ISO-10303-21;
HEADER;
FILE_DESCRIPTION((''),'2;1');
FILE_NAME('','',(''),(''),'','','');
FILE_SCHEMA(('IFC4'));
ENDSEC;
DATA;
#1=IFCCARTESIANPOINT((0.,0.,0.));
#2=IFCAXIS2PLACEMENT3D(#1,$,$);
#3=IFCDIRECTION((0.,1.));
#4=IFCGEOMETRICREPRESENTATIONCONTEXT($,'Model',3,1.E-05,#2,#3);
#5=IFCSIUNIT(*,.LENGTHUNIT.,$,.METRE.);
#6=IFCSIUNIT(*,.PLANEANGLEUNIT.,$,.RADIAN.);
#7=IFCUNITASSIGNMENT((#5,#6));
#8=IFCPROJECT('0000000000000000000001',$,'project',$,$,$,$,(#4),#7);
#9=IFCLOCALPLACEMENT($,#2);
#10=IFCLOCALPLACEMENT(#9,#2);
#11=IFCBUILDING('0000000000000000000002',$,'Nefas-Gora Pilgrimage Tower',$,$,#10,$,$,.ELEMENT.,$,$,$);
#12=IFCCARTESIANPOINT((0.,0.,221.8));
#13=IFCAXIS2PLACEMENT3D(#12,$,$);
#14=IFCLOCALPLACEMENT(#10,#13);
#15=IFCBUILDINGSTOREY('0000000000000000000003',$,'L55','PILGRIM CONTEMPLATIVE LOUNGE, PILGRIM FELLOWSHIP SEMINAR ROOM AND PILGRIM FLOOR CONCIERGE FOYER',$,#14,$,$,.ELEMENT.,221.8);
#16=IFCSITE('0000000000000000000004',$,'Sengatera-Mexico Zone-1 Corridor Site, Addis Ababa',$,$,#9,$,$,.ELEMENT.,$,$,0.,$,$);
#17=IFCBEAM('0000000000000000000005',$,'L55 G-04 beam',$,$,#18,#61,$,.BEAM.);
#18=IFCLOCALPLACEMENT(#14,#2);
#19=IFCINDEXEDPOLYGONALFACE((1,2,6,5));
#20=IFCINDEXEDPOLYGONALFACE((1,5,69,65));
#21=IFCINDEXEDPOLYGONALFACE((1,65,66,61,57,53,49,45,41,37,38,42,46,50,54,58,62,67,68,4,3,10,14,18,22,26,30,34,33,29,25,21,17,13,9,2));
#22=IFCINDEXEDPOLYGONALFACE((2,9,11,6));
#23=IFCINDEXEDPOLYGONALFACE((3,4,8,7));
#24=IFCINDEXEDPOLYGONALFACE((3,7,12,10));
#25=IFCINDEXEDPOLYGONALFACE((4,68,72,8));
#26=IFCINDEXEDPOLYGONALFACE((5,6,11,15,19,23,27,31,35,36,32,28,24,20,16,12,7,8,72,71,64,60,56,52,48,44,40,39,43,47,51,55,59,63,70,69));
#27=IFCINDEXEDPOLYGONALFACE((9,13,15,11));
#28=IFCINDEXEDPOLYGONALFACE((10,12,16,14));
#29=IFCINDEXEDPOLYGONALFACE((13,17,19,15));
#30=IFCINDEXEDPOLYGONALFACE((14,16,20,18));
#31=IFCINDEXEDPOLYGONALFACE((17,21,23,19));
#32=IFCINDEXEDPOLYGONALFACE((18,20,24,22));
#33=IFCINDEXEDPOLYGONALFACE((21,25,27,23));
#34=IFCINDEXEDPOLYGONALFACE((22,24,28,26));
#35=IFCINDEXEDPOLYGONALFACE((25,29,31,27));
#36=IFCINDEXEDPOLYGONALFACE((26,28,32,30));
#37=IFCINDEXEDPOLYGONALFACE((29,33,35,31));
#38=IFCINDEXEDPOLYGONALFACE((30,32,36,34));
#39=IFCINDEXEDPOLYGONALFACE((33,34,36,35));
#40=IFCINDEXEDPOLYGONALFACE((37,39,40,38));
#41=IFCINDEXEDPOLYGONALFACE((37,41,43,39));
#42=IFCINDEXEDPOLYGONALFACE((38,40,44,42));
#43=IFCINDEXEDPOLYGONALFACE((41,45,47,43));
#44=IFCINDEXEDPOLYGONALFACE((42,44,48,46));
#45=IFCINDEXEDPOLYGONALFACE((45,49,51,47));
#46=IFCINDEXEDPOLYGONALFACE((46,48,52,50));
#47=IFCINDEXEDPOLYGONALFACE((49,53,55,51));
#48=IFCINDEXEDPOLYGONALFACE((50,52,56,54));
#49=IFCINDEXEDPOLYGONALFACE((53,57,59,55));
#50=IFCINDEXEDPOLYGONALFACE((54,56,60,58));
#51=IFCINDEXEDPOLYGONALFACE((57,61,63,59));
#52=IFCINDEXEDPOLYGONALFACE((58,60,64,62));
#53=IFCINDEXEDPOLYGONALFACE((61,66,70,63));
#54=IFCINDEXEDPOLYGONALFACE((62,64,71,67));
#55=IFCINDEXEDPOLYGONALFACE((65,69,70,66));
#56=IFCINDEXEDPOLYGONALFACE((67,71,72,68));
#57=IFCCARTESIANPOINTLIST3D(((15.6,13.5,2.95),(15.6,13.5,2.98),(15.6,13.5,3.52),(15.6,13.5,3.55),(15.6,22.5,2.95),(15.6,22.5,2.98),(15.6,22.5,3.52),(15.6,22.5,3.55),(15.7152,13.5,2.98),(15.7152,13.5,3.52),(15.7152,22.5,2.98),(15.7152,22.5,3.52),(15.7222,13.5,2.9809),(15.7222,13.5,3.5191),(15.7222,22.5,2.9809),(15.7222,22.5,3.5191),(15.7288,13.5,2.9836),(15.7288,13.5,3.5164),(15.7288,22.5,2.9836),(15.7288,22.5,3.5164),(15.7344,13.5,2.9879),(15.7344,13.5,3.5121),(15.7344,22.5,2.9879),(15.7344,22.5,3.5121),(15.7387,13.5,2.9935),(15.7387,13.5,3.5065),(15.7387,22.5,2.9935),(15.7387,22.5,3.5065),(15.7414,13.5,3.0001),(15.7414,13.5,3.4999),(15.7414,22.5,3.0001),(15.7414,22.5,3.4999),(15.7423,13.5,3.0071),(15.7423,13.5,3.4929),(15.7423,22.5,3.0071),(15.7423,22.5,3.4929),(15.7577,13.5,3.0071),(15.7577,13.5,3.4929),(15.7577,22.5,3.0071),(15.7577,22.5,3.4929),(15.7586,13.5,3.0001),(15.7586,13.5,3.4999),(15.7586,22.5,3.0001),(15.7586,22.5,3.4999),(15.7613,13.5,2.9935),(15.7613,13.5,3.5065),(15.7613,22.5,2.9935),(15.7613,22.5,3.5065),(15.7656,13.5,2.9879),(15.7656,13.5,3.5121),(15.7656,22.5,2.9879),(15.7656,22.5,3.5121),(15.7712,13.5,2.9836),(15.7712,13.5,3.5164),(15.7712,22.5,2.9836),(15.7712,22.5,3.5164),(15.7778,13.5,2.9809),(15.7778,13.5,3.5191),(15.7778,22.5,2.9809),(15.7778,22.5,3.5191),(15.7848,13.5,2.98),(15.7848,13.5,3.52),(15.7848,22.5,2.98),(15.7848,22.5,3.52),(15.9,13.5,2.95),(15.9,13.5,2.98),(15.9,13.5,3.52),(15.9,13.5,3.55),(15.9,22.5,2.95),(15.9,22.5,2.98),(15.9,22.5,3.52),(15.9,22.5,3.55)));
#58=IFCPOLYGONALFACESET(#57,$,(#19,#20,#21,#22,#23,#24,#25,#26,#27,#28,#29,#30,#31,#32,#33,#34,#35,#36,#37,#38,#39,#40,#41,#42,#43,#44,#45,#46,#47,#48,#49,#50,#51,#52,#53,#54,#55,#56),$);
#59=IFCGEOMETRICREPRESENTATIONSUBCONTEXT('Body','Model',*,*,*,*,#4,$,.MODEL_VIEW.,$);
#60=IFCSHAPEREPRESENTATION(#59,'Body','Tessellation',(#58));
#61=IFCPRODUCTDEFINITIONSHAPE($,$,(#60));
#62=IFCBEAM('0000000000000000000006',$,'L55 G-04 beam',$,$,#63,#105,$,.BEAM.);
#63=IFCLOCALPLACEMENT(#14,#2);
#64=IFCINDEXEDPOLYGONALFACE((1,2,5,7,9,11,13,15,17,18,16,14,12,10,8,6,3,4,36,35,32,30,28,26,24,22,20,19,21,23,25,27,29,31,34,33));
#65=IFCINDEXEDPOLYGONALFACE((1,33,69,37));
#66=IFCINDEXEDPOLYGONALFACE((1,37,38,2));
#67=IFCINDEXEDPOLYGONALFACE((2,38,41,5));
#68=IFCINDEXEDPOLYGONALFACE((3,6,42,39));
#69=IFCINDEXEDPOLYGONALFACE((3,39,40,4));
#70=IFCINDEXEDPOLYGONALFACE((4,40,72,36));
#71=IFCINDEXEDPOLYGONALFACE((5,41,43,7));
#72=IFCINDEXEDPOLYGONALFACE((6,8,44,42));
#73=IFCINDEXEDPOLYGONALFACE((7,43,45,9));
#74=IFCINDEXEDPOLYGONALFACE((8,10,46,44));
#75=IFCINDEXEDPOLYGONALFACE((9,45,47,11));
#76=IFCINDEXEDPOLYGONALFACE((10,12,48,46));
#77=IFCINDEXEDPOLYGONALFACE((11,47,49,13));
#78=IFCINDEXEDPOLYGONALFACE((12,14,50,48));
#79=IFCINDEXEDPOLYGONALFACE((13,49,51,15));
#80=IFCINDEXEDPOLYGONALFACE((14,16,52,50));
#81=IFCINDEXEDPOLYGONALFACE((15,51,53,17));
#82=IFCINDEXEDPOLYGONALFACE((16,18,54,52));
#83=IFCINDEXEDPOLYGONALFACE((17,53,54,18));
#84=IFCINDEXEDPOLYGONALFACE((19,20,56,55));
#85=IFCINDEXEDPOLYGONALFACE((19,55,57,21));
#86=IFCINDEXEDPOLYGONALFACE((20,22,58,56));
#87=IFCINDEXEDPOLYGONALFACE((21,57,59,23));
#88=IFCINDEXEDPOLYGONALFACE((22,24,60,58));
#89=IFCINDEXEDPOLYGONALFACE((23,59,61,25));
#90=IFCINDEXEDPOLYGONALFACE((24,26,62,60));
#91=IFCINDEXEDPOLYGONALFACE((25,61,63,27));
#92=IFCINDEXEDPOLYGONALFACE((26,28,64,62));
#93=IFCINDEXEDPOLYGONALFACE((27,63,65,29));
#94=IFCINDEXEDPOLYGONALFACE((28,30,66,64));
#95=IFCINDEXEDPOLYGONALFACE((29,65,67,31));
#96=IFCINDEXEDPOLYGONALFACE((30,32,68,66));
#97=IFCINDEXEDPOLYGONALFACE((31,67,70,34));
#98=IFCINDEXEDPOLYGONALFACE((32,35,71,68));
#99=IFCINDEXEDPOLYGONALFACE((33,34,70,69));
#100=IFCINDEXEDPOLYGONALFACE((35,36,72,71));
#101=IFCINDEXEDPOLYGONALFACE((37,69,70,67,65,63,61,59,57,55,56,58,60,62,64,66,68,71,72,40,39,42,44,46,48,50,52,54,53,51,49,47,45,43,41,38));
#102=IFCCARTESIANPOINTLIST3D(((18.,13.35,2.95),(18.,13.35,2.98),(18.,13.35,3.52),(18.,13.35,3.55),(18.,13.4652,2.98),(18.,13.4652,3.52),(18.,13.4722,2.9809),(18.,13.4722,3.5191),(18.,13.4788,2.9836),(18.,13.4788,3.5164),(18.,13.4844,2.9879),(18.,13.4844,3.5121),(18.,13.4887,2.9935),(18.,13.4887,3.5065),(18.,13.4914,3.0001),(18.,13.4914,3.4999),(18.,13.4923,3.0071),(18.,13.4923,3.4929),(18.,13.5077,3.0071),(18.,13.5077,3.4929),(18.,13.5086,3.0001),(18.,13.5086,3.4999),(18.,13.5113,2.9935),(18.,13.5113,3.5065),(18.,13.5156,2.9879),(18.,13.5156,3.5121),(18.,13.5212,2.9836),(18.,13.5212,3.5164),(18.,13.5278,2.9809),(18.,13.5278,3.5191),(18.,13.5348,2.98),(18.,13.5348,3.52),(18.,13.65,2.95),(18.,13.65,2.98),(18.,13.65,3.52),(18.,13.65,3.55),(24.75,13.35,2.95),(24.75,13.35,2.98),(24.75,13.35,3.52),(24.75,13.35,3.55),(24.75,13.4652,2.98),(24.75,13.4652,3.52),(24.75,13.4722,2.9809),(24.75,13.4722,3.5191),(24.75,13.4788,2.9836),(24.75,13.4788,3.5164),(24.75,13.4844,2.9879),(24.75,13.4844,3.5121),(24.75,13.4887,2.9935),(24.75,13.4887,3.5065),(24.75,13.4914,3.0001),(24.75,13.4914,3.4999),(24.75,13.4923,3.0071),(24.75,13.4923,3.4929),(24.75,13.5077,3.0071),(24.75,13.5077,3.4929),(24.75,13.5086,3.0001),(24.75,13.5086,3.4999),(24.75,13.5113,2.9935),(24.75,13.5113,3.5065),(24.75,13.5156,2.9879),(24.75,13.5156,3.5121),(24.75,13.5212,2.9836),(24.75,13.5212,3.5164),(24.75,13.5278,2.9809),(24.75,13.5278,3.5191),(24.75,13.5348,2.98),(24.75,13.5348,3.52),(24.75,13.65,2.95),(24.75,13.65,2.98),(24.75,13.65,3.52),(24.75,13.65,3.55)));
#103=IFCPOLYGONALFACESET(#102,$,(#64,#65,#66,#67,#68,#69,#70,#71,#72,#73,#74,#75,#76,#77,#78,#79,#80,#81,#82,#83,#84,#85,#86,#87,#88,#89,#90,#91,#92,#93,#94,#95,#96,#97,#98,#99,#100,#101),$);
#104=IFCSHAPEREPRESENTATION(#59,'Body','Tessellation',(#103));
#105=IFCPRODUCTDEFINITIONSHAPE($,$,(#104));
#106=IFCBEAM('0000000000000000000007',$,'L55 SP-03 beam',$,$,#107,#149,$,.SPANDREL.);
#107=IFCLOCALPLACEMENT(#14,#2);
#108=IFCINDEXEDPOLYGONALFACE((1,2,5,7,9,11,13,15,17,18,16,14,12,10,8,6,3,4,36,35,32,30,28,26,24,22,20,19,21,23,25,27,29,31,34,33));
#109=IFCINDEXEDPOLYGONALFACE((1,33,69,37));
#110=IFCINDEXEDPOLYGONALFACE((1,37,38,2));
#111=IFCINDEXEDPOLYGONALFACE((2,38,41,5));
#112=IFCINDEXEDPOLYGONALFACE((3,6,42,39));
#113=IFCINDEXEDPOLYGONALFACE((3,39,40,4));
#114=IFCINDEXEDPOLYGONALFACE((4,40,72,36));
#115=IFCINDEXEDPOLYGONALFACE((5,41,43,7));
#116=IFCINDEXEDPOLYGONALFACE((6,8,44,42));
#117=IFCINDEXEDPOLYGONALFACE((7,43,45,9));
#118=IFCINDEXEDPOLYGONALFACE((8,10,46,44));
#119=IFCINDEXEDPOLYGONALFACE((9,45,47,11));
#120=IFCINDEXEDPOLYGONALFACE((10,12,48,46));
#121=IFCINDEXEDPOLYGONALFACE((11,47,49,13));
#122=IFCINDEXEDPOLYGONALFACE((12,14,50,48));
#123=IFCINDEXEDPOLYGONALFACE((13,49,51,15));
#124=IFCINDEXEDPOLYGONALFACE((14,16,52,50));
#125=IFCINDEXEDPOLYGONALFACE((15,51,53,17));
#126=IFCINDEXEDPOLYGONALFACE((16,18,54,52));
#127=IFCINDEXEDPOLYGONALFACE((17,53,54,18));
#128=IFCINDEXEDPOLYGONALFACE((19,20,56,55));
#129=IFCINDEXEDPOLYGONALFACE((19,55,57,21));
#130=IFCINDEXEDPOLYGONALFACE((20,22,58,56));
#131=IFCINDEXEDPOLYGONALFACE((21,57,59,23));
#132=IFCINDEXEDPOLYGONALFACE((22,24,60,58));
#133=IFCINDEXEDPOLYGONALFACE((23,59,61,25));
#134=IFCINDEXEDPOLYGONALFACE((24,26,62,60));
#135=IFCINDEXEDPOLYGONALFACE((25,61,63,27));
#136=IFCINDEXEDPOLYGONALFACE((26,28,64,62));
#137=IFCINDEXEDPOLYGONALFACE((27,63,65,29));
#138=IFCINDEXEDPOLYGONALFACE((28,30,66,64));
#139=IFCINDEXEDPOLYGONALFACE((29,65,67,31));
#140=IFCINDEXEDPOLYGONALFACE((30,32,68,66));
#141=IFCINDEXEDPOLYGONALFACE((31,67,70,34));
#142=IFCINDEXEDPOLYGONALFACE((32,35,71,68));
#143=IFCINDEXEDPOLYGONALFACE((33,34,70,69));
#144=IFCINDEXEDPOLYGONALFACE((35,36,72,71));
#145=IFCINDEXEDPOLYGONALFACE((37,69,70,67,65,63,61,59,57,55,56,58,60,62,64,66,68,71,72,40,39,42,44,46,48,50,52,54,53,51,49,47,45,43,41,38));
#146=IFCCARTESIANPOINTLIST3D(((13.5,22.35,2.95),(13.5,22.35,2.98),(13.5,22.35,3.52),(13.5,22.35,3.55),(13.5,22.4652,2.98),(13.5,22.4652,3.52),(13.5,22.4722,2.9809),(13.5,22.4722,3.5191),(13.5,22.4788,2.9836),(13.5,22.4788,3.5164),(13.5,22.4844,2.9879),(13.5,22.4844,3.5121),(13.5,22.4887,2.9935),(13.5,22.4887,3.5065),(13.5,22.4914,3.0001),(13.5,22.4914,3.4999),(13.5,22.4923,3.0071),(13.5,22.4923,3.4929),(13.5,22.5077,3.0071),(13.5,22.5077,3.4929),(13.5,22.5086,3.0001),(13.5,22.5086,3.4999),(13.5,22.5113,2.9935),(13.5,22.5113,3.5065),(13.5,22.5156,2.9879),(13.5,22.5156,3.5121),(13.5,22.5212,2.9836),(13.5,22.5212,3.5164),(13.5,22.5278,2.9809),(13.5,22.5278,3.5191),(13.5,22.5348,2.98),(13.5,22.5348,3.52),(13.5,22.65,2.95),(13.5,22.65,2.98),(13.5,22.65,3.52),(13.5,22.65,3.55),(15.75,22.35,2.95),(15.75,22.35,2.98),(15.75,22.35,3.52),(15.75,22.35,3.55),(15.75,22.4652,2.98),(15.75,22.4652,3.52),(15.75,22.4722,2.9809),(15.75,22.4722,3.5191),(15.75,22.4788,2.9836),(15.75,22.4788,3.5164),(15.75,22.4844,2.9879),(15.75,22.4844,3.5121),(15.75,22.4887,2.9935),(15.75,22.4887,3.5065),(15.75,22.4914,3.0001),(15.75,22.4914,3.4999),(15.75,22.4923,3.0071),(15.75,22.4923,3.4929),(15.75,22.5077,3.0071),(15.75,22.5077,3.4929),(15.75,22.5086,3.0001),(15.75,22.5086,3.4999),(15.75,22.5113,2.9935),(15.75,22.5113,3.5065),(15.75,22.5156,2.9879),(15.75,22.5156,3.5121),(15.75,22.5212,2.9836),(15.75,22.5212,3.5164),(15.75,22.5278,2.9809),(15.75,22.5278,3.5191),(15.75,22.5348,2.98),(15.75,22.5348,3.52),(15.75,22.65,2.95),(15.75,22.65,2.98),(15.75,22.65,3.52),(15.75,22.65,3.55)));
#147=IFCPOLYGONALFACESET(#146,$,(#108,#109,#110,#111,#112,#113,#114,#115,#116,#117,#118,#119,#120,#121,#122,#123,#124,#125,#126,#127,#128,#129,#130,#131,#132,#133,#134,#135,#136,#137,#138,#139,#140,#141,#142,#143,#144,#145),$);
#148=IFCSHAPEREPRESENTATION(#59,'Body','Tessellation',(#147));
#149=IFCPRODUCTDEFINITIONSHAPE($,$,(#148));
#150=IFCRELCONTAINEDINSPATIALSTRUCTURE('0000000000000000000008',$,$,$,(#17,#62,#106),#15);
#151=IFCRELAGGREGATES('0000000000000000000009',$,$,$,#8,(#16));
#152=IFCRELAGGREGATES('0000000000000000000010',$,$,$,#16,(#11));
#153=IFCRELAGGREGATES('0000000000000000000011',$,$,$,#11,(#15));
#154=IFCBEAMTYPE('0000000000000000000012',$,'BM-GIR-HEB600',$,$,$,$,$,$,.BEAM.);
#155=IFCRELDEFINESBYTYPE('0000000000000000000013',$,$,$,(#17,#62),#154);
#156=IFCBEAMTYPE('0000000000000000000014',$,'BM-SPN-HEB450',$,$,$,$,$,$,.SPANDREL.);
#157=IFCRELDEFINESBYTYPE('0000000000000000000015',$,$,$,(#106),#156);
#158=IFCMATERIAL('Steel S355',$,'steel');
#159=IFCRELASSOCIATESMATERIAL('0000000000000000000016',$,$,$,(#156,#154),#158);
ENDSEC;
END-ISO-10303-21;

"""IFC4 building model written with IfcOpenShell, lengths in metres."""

from ifc_helpers import new_model, si_unit, direction, frame, origin, origin_2d, place, context, subcontext, project, spatial, i_section, extrude, source, transform, mapped, material, material_profile, profile_set, type_object, element, save


model = new_model("IFC4")

# Units and contexts
model_context = context("Model", 3, precision=1e-05, world=origin(), true_north=direction((0.0, 1.0)))
body_context = subcontext(model_context, "Body", "Model", "MODEL_VIEW")
ifc_project = project(units=[si_unit("LENGTHUNIT", "METRE"), si_unit("PLANEANGLEUNIT", "RADIAN")], contexts=[model_context])

# Site, building, storey
site_placement = place(None, origin())
site = spatial("IfcSite", under=ifc_project, at=site_placement, Name="Sengatera-Mexico Zone-1 Corridor Site, Addis Ababa", CompositionType="ELEMENT", RefElevation=0.0)
building_placement = place(site_placement, origin())
building = spatial("IfcBuilding", under=site, at=building_placement, Name="Nefas-Gora Pilgrimage Tower", CompositionType="ELEMENT")
storey_placement = place(building_placement, frame((0.0, 0.0, 221.8)))
storey = spatial("IfcBuildingStorey", under=building, at=storey_placement, Name="L55", Description="PILGRIM CONTEMPLATIVE LOUNGE, PILGRIM FELLOWSHIP SEMINAR ROOM AND PILGRIM FLOOR CONCIERGE FOYER", CompositionType="ELEMENT", Elevation=221.8)

# Beams
ifc_material_1 = material(Name="Steel S355", Category="steel")
ifc_material_profile_1 = material_profile(ifc_material_1, i_section(OverallWidth=0.3, OverallDepth=0.6001, WebThickness=0.0154, FlangeThickness=0.03, FilletRadius=0.0271, at=origin_2d()), Name="HEB 600")
ifc_profile_set_1 = profile_set([ifc_material_profile_1], Name="Steel S355")
beam_type_1 = type_object("IfcBeamType", Name="BM-SPN-HEB450", PredefinedType="SPANDREL", material=ifc_profile_set_1)
ifc_material_profile_2 = material_profile(ifc_material_1, i_section(OverallWidth=0.3, OverallDepth=0.6001, WebThickness=0.0154, FlangeThickness=0.03, FilletRadius=0.0271, at=origin_2d()), Name="HEB 600")
ifc_profile_set_2 = profile_set([ifc_material_profile_2], Name="Steel S355")
beam_type_2 = type_object("IfcBeamType", Name="BM-GIR-HEB600", PredefinedType="BEAM", material=ifc_profile_set_2)
shared_shape_1 = source(origin(), body_context, "Body", "SweptSolid", [
    extrude(i_section(OverallWidth=0.3, OverallDepth=0.6001, WebThickness=0.0154, FlangeThickness=0.03, FilletRadius=0.0271, at=origin_2d()), origin(), (0.0, 0.0, 1.0), 9.0),
])
beam_1_placement = place(storey_placement, frame((15.75, 13.5, 3.25), z_axis=(0.0, 1.0, 0.0), x_axis=(-1.0, 0.0, 0.0)))
element("IfcBeam", 1, at=beam_1_placement, inside=storey, type_object=beam_type_2, Name="L55 G-04 beam", PredefinedType="BEAM", context=body_context, shape_type="MappedRepresentation", body=[
    mapped(shared_shape_1, transform((0.0, 0.0, 0.0), x_axis=(1.0, 0.0, 0.0), y_axis=(0.0, 1.0, 0.0), z_axis=(0.0, 0.0, 1.0), scale=1.0)),
])
shared_shape_2 = source(origin(), body_context, "Body", "SweptSolid", [
    extrude(i_section(OverallWidth=0.3, OverallDepth=0.6001, WebThickness=0.0154, FlangeThickness=0.03, FilletRadius=0.0271, at=origin_2d()), origin(), (0.0, 0.0, 1.0), 6.75),
])
beam_2_placement = place(storey_placement, frame((18.0, 13.5, 3.25), z_axis=(1.0, 0.0, 0.0), x_axis=(0.0, 1.0, 0.0)))
element("IfcBeam", 2, at=beam_2_placement, inside=storey, type_object=beam_type_2, Name="L55 G-04 beam", PredefinedType="BEAM", context=body_context, shape_type="MappedRepresentation", body=[
    mapped(shared_shape_2, transform((0.0, 0.0, 0.0), x_axis=(1.0, 0.0, 0.0), y_axis=(0.0, 1.0, 0.0), z_axis=(0.0, 0.0, 1.0), scale=1.0)),
])
shared_shape_3 = source(origin(), body_context, "Body", "SweptSolid", [
    extrude(i_section(OverallWidth=0.3, OverallDepth=0.6001, WebThickness=0.0154, FlangeThickness=0.03, FilletRadius=0.0271, at=origin_2d()), origin(), (0.0, 0.0, 1.0), 2.25),
])
beam_3_placement = place(storey_placement, frame((13.5, 22.5, 3.25), z_axis=(1.0, 0.0, 0.0), x_axis=(0.0, 1.0, 0.0)))
element("IfcBeam", 3, at=beam_3_placement, inside=storey, type_object=beam_type_1, Name="L55 SP-03 beam", PredefinedType="SPANDREL", context=body_context, shape_type="MappedRepresentation", body=[
    mapped(shared_shape_3, transform((0.0, 0.0, 0.0), x_axis=(1.0, 0.0, 0.0), y_axis=(0.0, 1.0, 0.0), z_axis=(0.0, 0.0, 1.0), scale=1.0)),
])

save(model, "model.ifc")
